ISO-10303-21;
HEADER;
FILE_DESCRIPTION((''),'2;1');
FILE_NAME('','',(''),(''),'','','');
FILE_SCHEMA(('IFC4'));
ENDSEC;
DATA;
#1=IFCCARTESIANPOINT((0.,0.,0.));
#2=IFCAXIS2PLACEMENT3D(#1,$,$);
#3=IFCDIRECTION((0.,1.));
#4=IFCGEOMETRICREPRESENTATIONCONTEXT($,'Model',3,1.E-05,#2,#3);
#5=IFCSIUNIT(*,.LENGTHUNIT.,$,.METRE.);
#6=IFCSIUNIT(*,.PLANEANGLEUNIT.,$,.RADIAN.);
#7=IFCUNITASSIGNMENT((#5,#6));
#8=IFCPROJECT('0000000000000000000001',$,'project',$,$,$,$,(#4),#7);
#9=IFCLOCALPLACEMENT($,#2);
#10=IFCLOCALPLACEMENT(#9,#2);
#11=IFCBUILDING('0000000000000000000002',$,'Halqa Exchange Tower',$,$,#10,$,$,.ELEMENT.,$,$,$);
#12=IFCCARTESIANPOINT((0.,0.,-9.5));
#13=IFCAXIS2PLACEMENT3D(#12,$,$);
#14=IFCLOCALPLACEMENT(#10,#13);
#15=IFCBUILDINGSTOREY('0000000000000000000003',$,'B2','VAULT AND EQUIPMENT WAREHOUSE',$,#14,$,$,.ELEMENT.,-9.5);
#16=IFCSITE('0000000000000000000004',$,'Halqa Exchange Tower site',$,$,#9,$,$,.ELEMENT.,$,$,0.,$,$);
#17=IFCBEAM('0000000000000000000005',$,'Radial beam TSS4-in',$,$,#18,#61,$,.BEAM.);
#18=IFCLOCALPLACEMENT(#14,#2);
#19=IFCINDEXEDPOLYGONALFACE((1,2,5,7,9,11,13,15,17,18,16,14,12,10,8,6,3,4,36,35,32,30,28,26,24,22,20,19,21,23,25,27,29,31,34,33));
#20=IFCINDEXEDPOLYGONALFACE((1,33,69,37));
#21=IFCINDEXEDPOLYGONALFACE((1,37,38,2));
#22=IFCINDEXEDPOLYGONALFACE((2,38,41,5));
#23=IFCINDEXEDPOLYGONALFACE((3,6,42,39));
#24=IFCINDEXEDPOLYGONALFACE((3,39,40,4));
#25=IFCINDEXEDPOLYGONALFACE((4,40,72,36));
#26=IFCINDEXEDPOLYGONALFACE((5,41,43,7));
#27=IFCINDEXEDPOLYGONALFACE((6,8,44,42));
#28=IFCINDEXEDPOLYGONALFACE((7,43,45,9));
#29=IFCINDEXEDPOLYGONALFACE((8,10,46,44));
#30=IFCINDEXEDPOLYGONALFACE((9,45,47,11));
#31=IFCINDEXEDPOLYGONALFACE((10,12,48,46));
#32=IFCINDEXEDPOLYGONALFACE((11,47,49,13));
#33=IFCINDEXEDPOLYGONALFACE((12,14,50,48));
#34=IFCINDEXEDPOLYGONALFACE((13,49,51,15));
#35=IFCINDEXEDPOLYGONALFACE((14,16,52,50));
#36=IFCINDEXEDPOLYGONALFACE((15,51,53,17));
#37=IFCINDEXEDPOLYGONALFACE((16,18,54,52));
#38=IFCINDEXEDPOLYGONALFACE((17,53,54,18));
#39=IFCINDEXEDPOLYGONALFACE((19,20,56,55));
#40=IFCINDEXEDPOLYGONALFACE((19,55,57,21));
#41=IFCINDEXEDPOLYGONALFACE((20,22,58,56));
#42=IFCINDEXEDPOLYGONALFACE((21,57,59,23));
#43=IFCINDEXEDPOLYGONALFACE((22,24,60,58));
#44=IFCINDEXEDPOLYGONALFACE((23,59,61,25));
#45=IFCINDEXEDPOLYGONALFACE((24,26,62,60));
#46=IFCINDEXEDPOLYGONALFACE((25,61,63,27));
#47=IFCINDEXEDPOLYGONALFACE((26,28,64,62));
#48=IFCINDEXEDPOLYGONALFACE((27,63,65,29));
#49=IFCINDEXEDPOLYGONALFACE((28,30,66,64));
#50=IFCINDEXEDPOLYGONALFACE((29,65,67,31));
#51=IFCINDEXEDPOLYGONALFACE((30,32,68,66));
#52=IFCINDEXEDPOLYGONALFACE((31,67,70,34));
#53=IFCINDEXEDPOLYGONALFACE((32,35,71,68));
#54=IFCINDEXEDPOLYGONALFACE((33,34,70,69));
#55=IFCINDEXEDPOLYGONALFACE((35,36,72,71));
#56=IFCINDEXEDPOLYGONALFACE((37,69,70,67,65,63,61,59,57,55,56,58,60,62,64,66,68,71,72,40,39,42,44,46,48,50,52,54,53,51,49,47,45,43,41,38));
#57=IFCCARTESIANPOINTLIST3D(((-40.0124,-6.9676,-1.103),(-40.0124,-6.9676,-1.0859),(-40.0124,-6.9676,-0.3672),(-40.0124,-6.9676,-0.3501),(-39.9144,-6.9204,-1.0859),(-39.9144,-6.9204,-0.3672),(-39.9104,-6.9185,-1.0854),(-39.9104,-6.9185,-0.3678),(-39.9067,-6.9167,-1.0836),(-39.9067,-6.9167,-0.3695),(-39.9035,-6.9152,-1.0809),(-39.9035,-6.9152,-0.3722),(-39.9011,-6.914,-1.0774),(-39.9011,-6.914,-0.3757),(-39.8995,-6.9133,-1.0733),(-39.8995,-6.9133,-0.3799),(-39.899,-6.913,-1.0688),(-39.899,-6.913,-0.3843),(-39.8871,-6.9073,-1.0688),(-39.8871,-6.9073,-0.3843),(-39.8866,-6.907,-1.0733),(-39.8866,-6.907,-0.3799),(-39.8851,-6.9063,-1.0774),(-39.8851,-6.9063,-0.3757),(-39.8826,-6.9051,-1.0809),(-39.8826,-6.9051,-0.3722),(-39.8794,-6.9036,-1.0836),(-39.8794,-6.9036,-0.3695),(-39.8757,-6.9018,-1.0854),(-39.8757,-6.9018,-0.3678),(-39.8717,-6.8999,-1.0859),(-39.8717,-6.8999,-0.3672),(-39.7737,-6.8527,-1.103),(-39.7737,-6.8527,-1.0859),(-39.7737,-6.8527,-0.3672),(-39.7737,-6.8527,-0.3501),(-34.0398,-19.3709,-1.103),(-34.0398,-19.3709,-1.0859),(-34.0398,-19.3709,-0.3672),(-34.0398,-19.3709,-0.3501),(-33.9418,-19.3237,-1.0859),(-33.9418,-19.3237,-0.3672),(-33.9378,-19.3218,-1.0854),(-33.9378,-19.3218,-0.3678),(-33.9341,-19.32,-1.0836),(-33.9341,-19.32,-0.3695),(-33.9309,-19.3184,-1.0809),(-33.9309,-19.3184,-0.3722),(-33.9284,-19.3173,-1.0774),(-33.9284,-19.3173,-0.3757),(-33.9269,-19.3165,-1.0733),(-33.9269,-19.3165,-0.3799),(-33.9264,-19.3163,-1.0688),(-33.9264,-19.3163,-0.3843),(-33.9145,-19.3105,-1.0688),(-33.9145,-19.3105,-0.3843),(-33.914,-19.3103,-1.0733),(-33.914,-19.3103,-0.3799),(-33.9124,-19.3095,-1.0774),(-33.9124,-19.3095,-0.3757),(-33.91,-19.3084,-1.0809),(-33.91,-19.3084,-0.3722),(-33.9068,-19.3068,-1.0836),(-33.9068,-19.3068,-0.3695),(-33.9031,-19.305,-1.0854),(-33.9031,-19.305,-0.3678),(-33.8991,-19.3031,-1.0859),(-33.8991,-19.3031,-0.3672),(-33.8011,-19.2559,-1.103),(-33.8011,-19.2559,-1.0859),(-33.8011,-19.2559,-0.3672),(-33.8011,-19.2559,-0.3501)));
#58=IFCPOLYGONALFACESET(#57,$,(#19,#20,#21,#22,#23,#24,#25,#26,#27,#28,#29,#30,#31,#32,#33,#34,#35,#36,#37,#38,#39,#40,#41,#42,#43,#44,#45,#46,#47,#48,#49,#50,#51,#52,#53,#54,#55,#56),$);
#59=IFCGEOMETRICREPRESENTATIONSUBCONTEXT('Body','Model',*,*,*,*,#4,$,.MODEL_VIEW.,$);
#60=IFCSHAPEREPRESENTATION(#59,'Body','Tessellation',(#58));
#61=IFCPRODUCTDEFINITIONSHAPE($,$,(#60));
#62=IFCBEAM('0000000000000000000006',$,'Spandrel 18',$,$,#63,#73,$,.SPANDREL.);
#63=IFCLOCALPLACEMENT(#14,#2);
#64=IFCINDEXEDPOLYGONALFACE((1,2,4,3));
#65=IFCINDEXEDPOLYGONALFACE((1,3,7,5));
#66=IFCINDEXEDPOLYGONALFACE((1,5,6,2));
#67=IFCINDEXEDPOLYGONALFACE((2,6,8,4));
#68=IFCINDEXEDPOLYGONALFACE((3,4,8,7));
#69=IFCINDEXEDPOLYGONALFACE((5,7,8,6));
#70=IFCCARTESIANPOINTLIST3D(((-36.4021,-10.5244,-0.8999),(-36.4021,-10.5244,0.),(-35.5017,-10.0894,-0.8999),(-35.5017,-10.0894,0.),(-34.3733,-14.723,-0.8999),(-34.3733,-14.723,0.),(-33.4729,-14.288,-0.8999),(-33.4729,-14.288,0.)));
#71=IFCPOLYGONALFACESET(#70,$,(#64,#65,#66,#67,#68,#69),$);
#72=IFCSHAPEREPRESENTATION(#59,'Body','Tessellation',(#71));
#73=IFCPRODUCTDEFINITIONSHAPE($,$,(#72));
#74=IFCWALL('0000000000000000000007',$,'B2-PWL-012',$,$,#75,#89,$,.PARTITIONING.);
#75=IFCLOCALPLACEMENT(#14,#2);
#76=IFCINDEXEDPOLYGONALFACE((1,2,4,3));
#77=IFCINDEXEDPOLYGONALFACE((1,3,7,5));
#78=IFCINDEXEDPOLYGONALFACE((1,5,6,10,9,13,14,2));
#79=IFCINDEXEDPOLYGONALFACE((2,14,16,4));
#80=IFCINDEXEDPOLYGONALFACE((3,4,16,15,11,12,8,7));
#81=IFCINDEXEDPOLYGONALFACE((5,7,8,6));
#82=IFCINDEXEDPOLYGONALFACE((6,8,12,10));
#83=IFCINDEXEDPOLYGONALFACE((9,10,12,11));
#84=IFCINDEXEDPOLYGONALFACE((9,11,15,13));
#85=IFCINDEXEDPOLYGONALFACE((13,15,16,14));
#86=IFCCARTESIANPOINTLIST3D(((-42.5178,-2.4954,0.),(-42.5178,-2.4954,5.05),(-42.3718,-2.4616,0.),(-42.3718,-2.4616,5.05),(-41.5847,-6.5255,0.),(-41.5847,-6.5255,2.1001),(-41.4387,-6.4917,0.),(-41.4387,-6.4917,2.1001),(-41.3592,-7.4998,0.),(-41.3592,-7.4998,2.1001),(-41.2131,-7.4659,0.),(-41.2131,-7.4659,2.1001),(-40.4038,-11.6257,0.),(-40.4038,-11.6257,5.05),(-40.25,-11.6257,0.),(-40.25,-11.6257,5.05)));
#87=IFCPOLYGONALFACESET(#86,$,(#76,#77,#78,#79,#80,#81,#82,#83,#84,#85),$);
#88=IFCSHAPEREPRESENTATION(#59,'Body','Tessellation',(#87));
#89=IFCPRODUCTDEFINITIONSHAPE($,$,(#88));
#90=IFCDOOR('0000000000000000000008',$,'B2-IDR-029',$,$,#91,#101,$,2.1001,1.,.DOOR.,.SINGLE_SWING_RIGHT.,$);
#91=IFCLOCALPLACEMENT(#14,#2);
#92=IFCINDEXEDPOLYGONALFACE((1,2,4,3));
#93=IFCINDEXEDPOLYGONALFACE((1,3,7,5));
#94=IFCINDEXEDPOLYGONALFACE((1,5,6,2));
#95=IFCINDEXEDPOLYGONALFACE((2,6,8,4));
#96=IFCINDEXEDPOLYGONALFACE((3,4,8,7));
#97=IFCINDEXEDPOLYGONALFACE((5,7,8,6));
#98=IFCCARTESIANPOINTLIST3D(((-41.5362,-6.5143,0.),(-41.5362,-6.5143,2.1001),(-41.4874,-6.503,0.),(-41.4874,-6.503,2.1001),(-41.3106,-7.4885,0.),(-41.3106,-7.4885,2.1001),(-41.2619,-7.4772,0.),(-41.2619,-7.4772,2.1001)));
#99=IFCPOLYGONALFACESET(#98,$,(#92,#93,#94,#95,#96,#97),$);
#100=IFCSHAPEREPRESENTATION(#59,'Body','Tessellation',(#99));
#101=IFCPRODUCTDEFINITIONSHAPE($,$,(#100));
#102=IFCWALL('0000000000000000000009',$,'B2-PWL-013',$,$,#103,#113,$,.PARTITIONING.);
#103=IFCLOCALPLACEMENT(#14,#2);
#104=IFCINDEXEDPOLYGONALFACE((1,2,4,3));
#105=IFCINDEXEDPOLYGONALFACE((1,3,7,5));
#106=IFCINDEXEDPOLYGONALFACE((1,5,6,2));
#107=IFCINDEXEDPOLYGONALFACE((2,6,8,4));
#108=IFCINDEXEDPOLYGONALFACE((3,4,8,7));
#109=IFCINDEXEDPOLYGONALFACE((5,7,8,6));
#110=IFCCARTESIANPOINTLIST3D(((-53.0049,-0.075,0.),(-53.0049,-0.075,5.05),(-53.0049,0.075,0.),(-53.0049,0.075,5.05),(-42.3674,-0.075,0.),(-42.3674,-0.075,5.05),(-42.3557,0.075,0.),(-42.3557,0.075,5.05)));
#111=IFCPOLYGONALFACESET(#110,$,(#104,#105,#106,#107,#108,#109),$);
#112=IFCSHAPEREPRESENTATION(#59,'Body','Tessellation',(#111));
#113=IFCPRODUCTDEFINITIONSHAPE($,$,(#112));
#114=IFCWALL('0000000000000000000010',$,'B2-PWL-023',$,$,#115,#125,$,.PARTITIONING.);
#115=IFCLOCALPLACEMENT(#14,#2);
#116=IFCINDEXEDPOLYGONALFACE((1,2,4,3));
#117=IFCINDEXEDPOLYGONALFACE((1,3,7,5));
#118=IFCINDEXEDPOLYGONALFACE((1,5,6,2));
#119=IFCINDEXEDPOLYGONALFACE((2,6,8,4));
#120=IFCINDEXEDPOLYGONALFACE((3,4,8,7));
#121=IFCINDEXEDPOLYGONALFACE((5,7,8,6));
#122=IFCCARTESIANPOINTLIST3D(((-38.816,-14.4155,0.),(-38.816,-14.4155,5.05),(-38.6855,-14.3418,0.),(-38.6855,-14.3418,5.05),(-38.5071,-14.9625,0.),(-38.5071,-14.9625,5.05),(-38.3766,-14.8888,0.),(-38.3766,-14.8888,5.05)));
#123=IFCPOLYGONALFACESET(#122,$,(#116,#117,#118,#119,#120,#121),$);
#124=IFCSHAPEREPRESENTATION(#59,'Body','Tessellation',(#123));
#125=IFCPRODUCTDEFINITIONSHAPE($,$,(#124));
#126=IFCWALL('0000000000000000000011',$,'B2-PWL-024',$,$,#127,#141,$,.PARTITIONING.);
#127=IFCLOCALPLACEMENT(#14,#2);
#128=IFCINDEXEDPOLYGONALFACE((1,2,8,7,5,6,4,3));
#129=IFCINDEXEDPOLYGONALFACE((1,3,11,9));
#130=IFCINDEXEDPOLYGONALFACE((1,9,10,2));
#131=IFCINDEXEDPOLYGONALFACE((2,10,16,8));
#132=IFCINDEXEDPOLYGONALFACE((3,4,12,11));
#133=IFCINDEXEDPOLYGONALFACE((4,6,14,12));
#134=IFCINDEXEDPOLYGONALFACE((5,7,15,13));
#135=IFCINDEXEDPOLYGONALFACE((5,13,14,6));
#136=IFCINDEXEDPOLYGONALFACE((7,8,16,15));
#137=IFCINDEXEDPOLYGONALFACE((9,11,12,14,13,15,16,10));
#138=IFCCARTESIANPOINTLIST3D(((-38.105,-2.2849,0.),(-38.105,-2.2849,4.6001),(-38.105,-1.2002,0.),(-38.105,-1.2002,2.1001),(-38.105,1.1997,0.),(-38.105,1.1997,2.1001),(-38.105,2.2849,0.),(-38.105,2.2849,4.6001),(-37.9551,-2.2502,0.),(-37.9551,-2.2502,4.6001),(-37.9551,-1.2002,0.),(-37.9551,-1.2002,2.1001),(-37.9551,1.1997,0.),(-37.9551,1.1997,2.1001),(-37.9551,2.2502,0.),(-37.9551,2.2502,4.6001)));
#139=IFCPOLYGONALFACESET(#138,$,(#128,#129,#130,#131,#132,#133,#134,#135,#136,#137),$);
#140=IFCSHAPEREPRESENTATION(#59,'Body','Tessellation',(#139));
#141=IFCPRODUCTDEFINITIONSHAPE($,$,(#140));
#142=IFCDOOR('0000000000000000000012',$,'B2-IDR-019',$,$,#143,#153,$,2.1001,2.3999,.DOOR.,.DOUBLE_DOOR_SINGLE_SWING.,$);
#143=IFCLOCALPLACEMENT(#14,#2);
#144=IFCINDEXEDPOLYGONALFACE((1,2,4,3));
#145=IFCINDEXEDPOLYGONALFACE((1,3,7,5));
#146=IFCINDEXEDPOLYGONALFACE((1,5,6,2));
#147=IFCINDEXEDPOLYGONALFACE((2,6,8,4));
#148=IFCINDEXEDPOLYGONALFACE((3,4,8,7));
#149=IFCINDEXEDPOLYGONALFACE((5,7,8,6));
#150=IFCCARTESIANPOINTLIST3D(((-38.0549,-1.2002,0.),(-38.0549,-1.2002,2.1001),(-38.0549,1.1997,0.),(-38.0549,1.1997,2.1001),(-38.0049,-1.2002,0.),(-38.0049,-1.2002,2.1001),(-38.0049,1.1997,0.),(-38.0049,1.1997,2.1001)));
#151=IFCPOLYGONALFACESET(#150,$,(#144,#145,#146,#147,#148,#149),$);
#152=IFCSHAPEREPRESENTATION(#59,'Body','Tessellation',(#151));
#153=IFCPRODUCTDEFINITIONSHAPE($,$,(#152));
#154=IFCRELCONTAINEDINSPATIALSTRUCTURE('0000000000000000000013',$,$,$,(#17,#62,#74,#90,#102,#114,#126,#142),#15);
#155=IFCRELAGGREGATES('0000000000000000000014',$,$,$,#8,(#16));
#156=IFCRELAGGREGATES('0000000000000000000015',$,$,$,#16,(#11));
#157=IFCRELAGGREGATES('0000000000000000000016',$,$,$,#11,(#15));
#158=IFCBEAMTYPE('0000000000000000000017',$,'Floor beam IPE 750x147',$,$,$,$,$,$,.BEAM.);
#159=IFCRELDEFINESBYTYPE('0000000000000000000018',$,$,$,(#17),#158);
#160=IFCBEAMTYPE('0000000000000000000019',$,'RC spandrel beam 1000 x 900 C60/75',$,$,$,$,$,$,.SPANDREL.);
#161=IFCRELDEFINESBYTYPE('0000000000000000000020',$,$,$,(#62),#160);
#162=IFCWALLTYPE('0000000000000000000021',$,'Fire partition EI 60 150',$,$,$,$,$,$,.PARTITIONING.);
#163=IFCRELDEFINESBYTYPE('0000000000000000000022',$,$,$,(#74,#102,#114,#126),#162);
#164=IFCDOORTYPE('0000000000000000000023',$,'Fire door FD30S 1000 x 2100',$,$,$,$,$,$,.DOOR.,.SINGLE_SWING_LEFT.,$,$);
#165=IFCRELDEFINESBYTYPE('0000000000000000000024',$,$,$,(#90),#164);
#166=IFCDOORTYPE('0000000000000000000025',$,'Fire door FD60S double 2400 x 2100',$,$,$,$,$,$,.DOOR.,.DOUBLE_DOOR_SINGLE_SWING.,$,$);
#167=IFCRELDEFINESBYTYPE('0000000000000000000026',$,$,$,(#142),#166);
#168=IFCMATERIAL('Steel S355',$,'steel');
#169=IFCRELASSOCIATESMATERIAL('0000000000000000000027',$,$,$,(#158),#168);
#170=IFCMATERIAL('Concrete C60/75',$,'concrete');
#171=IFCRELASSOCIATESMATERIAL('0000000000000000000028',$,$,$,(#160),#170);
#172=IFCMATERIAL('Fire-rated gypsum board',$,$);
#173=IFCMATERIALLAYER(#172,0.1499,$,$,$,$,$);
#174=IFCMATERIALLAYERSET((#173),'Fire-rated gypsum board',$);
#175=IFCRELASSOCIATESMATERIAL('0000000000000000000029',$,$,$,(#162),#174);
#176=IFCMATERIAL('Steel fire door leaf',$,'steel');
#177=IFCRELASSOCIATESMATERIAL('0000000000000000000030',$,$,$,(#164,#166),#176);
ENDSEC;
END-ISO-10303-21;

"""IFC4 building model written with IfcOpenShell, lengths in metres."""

from ifc_helpers import new_model, si_unit, direction, frame, frame_2d, origin, origin_2d, place, context, subcontext, project, spatial, polyline, rectangle, i_section, outline, extrude, material, layer, layer_set, material_profile, profile_set, type_object, element, fill, save


model = new_model("IFC4")

# Units and contexts
model_context = context("Model", 3, precision=1e-05, world=origin(), true_north=direction((0.0, 1.0)))
body_context = subcontext(model_context, "Body", "Model", "MODEL_VIEW")
ifc_project = project(units=[si_unit("LENGTHUNIT", "METRE"), si_unit("PLANEANGLEUNIT", "RADIAN")], contexts=[model_context])

# Site, building, storey
site_placement = place(None, origin())
site = spatial("IfcSite", under=ifc_project, at=site_placement, Name="Halqa Exchange Tower site", CompositionType="ELEMENT", RefElevation=0.0)
building_placement = place(site_placement, origin())
building = spatial("IfcBuilding", under=site, at=building_placement, Name="Halqa Exchange Tower", CompositionType="ELEMENT")
storey_placement = place(building_placement, frame((0.0, 0.0, -9.5)))
storey = spatial("IfcBuildingStorey", under=building, at=storey_placement, Name="B2", Description="VAULT AND EQUIPMENT WAREHOUSE", CompositionType="ELEMENT", Elevation=-9.5)

# Beams
ifc_material_1 = material(Name="Steel S355", Category="steel")
ifc_material_profile_1 = material_profile(ifc_material_1, i_section(OverallWidth=0.2649, OverallDepth=0.7529, WebThickness=0.0132, FlangeThickness=0.0171, FilletRadius=0.0171, at=origin_2d()), Name="IPE 750x147")
ifc_profile_set_1 = profile_set([ifc_material_profile_1], Name="Steel S355")
beam_type_1 = type_object("IfcBeamType", Name="Floor beam IPE 750x147", PredefinedType="BEAM", material=ifc_profile_set_1)
beam_1_placement = place(storey_placement, frame((-39.8931, -6.9102, -0.7266), z_axis=(0.433856, -0.900982, 0.0), x_axis=(0.900982, 0.433856, 0.0)))
element("IfcBeam", 1, at=beam_1_placement, inside=storey, type_object=beam_type_1, Name="Radial beam TSS4-in", PredefinedType="BEAM", context=body_context, shape_type="SweptSolid", body=[
    extrude(i_section(OverallWidth=0.2649, OverallDepth=0.7529, WebThickness=0.0132, FlangeThickness=0.0171, FilletRadius=0.0171, at=origin_2d()), origin(), (0.0, 0.0, 1.0), 13.7664),
])
ifc_material_2 = material(Name="Concrete C60/75", Category="concrete")
ifc_material_profile_2 = material_profile(ifc_material_2, rectangle(XDim=1.0, YDim=0.8999, at=origin_2d()), Name="1000 x 900")
ifc_profile_set_2 = profile_set([ifc_material_profile_2], Name="Concrete C60/75")
beam_type_2 = type_object("IfcBeamType", Name="RC spandrel beam 1000 x 900 C60/75", PredefinedType="SPANDREL", material=ifc_profile_set_2)
beam_2_placement = place(storey_placement, frame((-35.9519, -10.3069, -0.45), z_axis=(0.435068, -0.900397, 0.0), x_axis=(0.900397, 0.435068, 0.0)))
element("IfcBeam", 2, at=beam_2_placement, inside=storey, type_object=beam_type_2, Name="Spandrel 18", PredefinedType="SPANDREL", context=body_context, shape_type="SweptSolid", body=[
    extrude(rectangle(XDim=1.0, YDim=0.8999, at=origin_2d()), origin(), (0.0, 0.0, 1.0), 4.6631),
])

# Wall, opening, door
ifc_material_3 = material(Name="Fire-rated gypsum board")
ifc_layer_1 = layer(ifc_material_3, 0.1499)
ifc_layer_set_1 = layer_set([ifc_layer_1], Name="Fire-rated gypsum board")
wall_type_1 = type_object("IfcWallType", Name="Fire partition EI 60 150", PredefinedType="PARTITIONING", material=ifc_layer_set_1)
wall_1_placement = place(storey_placement, frame((-42.4448, -2.4785, 0.0), z_axis=(0.0, 0.0, 1.0), x_axis=(0.22557, -0.974227, 0.0)))
wall_1 = element("IfcWall", 3, at=wall_1_placement, inside=storey, type_object=wall_type_1, Name="B2-PWL-012", PredefinedType="PARTITIONING", context=body_context, shape_type="SweptSolid", body=[
    extrude(outline(polyline([(0.0, -0.075), (9.3718, -0.075), (9.4065, 0.075), (0.0, 0.075), (0.0, -0.075)])), origin(), (0.0, 0.0, 1.0), 5.05),
])
opening_1_placement = place(wall_1_placement, frame((4.1367, 0.0, 0.0)))
opening_1 = element("IfcOpeningElement", 4, at=opening_1_placement, cuts=wall_1, PredefinedType="OPENING", context=body_context, shape_type="SweptSolid", body=[
    extrude(rectangle(XDim=1.0, YDim=2.1001, at=frame_2d((0.5, 1.05))), frame((0.0, 0.0869, 0.0), z_axis=(0.0, -1.0, 0.0), x_axis=(1.0, 0.0, 0.0)), (0.0, 0.0, 1.0), 0.1738),
])
ifc_material_4 = material(Name="Steel fire door leaf", Category="steel")
door_type_1 = type_object("IfcDoorType", Name="Fire door FD30S 1000 x 2100", OperationType="SINGLE_SWING_LEFT", PredefinedType="DOOR", material=ifc_material_4)
door_1_placement = place(opening_1_placement, origin())
door_1 = element("IfcDoor", 5, at=door_1_placement, inside=storey, type_object=door_type_1, Name="B2-IDR-029", OperationType="SINGLE_SWING_RIGHT", OverallHeight=2.1001, OverallWidth=1.0, PredefinedType="DOOR", context=body_context, shape_type="SweptSolid", body=[
    extrude(rectangle(XDim=1.0, YDim=2.1001, at=frame_2d((0.5, 1.05))), frame((0.0, 0.0249, 0.0), z_axis=(0.0, -1.0, 0.0), x_axis=(1.0, 0.0, 0.0)), (0.0, 0.0, 1.0), 0.05),
])
fill(opening_1, door_1)

# Walls
wall_2_placement = place(storey_placement, frame((-42.3616, 0.0, 0.0), z_axis=(0.0, 0.0, 1.0), x_axis=(-1.0, 0.0, 0.0)))
element("IfcWall", 6, at=wall_2_placement, inside=storey, type_object=wall_type_1, Name="B2-PWL-013", PredefinedType="PARTITIONING", context=body_context, shape_type="SweptSolid", body=[
    extrude(outline(polyline([(-0.0059, -0.075), (10.6433, -0.075), (10.6433, 0.075), (0.0059, 0.075), (-0.0059, -0.075)])), origin(), (0.0, 0.0, 1.0), 5.05),
])
wall_3_placement = place(storey_placement, frame((-38.4419, -14.9255, 0.0), z_axis=(0.0, 0.0, 1.0), x_axis=(-0.491737, 0.870744, 0.0)))
element("IfcWall", 7, at=wall_3_placement, inside=storey, type_object=wall_type_1, Name="B2-PWL-023", PredefinedType="PARTITIONING", context=body_context, shape_type="SweptSolid", body=[
    extrude(rectangle(XDim=0.6282, YDim=0.1499, at=frame_2d((0.314, 0.0))), origin(), (0.0, 0.0, 1.0), 5.05),
])

# Wall, opening, door
wall_4_placement = place(storey_placement, frame((-38.03, -2.2676, 0.0), z_axis=(0.0, 0.0, 1.0), x_axis=(0.0, 1.0, 0.0)))
wall_4 = element("IfcWall", 8, at=wall_4_placement, inside=storey, type_object=wall_type_1, Name="B2-PWL-024", PredefinedType="PARTITIONING", context=body_context, shape_type="SweptSolid", body=[
    extrude(outline(polyline([(0.0173, -0.075), (4.5178, -0.075), (4.5525, 0.075), (-0.0173, 0.075), (0.0173, -0.075)])), origin(), (0.0, 0.0, 1.0), 4.6001),
])
opening_2_placement = place(wall_4_placement, frame((1.0674, 0.0, 0.0)))
opening_2 = element("IfcOpeningElement", 9, at=opening_2_placement, cuts=wall_4, PredefinedType="OPENING", context=body_context, shape_type="SweptSolid", body=[
    extrude(rectangle(XDim=2.3999, YDim=2.1001, at=frame_2d((1.2, 1.05))), frame((0.0, 0.0869, 0.0), z_axis=(0.0, -1.0, 0.0), x_axis=(1.0, 0.0, 0.0)), (0.0, 0.0, 1.0), 0.1738),
])
door_type_2 = type_object("IfcDoorType", Name="Fire door FD60S double 2400 x 2100", OperationType="DOUBLE_DOOR_SINGLE_SWING", PredefinedType="DOOR", material=ifc_material_4)
door_2_placement = place(opening_2_placement, origin())
door_2 = element("IfcDoor", 10, at=door_2_placement, inside=storey, type_object=door_type_2, Name="B2-IDR-019", OperationType="DOUBLE_DOOR_SINGLE_SWING", OverallHeight=2.1001, OverallWidth=2.3999, PredefinedType="DOOR", context=body_context, shape_type="SweptSolid", body=[
    extrude(rectangle(XDim=2.3999, YDim=2.1001, at=frame_2d((1.2, 1.05))), frame((0.0, 0.0249, 0.0), z_axis=(0.0, -1.0, 0.0), x_axis=(1.0, 0.0, 0.0)), (0.0, 0.0, 1.0), 0.05),
])
fill(opening_2, door_2)

save(model, "model.ifc")
